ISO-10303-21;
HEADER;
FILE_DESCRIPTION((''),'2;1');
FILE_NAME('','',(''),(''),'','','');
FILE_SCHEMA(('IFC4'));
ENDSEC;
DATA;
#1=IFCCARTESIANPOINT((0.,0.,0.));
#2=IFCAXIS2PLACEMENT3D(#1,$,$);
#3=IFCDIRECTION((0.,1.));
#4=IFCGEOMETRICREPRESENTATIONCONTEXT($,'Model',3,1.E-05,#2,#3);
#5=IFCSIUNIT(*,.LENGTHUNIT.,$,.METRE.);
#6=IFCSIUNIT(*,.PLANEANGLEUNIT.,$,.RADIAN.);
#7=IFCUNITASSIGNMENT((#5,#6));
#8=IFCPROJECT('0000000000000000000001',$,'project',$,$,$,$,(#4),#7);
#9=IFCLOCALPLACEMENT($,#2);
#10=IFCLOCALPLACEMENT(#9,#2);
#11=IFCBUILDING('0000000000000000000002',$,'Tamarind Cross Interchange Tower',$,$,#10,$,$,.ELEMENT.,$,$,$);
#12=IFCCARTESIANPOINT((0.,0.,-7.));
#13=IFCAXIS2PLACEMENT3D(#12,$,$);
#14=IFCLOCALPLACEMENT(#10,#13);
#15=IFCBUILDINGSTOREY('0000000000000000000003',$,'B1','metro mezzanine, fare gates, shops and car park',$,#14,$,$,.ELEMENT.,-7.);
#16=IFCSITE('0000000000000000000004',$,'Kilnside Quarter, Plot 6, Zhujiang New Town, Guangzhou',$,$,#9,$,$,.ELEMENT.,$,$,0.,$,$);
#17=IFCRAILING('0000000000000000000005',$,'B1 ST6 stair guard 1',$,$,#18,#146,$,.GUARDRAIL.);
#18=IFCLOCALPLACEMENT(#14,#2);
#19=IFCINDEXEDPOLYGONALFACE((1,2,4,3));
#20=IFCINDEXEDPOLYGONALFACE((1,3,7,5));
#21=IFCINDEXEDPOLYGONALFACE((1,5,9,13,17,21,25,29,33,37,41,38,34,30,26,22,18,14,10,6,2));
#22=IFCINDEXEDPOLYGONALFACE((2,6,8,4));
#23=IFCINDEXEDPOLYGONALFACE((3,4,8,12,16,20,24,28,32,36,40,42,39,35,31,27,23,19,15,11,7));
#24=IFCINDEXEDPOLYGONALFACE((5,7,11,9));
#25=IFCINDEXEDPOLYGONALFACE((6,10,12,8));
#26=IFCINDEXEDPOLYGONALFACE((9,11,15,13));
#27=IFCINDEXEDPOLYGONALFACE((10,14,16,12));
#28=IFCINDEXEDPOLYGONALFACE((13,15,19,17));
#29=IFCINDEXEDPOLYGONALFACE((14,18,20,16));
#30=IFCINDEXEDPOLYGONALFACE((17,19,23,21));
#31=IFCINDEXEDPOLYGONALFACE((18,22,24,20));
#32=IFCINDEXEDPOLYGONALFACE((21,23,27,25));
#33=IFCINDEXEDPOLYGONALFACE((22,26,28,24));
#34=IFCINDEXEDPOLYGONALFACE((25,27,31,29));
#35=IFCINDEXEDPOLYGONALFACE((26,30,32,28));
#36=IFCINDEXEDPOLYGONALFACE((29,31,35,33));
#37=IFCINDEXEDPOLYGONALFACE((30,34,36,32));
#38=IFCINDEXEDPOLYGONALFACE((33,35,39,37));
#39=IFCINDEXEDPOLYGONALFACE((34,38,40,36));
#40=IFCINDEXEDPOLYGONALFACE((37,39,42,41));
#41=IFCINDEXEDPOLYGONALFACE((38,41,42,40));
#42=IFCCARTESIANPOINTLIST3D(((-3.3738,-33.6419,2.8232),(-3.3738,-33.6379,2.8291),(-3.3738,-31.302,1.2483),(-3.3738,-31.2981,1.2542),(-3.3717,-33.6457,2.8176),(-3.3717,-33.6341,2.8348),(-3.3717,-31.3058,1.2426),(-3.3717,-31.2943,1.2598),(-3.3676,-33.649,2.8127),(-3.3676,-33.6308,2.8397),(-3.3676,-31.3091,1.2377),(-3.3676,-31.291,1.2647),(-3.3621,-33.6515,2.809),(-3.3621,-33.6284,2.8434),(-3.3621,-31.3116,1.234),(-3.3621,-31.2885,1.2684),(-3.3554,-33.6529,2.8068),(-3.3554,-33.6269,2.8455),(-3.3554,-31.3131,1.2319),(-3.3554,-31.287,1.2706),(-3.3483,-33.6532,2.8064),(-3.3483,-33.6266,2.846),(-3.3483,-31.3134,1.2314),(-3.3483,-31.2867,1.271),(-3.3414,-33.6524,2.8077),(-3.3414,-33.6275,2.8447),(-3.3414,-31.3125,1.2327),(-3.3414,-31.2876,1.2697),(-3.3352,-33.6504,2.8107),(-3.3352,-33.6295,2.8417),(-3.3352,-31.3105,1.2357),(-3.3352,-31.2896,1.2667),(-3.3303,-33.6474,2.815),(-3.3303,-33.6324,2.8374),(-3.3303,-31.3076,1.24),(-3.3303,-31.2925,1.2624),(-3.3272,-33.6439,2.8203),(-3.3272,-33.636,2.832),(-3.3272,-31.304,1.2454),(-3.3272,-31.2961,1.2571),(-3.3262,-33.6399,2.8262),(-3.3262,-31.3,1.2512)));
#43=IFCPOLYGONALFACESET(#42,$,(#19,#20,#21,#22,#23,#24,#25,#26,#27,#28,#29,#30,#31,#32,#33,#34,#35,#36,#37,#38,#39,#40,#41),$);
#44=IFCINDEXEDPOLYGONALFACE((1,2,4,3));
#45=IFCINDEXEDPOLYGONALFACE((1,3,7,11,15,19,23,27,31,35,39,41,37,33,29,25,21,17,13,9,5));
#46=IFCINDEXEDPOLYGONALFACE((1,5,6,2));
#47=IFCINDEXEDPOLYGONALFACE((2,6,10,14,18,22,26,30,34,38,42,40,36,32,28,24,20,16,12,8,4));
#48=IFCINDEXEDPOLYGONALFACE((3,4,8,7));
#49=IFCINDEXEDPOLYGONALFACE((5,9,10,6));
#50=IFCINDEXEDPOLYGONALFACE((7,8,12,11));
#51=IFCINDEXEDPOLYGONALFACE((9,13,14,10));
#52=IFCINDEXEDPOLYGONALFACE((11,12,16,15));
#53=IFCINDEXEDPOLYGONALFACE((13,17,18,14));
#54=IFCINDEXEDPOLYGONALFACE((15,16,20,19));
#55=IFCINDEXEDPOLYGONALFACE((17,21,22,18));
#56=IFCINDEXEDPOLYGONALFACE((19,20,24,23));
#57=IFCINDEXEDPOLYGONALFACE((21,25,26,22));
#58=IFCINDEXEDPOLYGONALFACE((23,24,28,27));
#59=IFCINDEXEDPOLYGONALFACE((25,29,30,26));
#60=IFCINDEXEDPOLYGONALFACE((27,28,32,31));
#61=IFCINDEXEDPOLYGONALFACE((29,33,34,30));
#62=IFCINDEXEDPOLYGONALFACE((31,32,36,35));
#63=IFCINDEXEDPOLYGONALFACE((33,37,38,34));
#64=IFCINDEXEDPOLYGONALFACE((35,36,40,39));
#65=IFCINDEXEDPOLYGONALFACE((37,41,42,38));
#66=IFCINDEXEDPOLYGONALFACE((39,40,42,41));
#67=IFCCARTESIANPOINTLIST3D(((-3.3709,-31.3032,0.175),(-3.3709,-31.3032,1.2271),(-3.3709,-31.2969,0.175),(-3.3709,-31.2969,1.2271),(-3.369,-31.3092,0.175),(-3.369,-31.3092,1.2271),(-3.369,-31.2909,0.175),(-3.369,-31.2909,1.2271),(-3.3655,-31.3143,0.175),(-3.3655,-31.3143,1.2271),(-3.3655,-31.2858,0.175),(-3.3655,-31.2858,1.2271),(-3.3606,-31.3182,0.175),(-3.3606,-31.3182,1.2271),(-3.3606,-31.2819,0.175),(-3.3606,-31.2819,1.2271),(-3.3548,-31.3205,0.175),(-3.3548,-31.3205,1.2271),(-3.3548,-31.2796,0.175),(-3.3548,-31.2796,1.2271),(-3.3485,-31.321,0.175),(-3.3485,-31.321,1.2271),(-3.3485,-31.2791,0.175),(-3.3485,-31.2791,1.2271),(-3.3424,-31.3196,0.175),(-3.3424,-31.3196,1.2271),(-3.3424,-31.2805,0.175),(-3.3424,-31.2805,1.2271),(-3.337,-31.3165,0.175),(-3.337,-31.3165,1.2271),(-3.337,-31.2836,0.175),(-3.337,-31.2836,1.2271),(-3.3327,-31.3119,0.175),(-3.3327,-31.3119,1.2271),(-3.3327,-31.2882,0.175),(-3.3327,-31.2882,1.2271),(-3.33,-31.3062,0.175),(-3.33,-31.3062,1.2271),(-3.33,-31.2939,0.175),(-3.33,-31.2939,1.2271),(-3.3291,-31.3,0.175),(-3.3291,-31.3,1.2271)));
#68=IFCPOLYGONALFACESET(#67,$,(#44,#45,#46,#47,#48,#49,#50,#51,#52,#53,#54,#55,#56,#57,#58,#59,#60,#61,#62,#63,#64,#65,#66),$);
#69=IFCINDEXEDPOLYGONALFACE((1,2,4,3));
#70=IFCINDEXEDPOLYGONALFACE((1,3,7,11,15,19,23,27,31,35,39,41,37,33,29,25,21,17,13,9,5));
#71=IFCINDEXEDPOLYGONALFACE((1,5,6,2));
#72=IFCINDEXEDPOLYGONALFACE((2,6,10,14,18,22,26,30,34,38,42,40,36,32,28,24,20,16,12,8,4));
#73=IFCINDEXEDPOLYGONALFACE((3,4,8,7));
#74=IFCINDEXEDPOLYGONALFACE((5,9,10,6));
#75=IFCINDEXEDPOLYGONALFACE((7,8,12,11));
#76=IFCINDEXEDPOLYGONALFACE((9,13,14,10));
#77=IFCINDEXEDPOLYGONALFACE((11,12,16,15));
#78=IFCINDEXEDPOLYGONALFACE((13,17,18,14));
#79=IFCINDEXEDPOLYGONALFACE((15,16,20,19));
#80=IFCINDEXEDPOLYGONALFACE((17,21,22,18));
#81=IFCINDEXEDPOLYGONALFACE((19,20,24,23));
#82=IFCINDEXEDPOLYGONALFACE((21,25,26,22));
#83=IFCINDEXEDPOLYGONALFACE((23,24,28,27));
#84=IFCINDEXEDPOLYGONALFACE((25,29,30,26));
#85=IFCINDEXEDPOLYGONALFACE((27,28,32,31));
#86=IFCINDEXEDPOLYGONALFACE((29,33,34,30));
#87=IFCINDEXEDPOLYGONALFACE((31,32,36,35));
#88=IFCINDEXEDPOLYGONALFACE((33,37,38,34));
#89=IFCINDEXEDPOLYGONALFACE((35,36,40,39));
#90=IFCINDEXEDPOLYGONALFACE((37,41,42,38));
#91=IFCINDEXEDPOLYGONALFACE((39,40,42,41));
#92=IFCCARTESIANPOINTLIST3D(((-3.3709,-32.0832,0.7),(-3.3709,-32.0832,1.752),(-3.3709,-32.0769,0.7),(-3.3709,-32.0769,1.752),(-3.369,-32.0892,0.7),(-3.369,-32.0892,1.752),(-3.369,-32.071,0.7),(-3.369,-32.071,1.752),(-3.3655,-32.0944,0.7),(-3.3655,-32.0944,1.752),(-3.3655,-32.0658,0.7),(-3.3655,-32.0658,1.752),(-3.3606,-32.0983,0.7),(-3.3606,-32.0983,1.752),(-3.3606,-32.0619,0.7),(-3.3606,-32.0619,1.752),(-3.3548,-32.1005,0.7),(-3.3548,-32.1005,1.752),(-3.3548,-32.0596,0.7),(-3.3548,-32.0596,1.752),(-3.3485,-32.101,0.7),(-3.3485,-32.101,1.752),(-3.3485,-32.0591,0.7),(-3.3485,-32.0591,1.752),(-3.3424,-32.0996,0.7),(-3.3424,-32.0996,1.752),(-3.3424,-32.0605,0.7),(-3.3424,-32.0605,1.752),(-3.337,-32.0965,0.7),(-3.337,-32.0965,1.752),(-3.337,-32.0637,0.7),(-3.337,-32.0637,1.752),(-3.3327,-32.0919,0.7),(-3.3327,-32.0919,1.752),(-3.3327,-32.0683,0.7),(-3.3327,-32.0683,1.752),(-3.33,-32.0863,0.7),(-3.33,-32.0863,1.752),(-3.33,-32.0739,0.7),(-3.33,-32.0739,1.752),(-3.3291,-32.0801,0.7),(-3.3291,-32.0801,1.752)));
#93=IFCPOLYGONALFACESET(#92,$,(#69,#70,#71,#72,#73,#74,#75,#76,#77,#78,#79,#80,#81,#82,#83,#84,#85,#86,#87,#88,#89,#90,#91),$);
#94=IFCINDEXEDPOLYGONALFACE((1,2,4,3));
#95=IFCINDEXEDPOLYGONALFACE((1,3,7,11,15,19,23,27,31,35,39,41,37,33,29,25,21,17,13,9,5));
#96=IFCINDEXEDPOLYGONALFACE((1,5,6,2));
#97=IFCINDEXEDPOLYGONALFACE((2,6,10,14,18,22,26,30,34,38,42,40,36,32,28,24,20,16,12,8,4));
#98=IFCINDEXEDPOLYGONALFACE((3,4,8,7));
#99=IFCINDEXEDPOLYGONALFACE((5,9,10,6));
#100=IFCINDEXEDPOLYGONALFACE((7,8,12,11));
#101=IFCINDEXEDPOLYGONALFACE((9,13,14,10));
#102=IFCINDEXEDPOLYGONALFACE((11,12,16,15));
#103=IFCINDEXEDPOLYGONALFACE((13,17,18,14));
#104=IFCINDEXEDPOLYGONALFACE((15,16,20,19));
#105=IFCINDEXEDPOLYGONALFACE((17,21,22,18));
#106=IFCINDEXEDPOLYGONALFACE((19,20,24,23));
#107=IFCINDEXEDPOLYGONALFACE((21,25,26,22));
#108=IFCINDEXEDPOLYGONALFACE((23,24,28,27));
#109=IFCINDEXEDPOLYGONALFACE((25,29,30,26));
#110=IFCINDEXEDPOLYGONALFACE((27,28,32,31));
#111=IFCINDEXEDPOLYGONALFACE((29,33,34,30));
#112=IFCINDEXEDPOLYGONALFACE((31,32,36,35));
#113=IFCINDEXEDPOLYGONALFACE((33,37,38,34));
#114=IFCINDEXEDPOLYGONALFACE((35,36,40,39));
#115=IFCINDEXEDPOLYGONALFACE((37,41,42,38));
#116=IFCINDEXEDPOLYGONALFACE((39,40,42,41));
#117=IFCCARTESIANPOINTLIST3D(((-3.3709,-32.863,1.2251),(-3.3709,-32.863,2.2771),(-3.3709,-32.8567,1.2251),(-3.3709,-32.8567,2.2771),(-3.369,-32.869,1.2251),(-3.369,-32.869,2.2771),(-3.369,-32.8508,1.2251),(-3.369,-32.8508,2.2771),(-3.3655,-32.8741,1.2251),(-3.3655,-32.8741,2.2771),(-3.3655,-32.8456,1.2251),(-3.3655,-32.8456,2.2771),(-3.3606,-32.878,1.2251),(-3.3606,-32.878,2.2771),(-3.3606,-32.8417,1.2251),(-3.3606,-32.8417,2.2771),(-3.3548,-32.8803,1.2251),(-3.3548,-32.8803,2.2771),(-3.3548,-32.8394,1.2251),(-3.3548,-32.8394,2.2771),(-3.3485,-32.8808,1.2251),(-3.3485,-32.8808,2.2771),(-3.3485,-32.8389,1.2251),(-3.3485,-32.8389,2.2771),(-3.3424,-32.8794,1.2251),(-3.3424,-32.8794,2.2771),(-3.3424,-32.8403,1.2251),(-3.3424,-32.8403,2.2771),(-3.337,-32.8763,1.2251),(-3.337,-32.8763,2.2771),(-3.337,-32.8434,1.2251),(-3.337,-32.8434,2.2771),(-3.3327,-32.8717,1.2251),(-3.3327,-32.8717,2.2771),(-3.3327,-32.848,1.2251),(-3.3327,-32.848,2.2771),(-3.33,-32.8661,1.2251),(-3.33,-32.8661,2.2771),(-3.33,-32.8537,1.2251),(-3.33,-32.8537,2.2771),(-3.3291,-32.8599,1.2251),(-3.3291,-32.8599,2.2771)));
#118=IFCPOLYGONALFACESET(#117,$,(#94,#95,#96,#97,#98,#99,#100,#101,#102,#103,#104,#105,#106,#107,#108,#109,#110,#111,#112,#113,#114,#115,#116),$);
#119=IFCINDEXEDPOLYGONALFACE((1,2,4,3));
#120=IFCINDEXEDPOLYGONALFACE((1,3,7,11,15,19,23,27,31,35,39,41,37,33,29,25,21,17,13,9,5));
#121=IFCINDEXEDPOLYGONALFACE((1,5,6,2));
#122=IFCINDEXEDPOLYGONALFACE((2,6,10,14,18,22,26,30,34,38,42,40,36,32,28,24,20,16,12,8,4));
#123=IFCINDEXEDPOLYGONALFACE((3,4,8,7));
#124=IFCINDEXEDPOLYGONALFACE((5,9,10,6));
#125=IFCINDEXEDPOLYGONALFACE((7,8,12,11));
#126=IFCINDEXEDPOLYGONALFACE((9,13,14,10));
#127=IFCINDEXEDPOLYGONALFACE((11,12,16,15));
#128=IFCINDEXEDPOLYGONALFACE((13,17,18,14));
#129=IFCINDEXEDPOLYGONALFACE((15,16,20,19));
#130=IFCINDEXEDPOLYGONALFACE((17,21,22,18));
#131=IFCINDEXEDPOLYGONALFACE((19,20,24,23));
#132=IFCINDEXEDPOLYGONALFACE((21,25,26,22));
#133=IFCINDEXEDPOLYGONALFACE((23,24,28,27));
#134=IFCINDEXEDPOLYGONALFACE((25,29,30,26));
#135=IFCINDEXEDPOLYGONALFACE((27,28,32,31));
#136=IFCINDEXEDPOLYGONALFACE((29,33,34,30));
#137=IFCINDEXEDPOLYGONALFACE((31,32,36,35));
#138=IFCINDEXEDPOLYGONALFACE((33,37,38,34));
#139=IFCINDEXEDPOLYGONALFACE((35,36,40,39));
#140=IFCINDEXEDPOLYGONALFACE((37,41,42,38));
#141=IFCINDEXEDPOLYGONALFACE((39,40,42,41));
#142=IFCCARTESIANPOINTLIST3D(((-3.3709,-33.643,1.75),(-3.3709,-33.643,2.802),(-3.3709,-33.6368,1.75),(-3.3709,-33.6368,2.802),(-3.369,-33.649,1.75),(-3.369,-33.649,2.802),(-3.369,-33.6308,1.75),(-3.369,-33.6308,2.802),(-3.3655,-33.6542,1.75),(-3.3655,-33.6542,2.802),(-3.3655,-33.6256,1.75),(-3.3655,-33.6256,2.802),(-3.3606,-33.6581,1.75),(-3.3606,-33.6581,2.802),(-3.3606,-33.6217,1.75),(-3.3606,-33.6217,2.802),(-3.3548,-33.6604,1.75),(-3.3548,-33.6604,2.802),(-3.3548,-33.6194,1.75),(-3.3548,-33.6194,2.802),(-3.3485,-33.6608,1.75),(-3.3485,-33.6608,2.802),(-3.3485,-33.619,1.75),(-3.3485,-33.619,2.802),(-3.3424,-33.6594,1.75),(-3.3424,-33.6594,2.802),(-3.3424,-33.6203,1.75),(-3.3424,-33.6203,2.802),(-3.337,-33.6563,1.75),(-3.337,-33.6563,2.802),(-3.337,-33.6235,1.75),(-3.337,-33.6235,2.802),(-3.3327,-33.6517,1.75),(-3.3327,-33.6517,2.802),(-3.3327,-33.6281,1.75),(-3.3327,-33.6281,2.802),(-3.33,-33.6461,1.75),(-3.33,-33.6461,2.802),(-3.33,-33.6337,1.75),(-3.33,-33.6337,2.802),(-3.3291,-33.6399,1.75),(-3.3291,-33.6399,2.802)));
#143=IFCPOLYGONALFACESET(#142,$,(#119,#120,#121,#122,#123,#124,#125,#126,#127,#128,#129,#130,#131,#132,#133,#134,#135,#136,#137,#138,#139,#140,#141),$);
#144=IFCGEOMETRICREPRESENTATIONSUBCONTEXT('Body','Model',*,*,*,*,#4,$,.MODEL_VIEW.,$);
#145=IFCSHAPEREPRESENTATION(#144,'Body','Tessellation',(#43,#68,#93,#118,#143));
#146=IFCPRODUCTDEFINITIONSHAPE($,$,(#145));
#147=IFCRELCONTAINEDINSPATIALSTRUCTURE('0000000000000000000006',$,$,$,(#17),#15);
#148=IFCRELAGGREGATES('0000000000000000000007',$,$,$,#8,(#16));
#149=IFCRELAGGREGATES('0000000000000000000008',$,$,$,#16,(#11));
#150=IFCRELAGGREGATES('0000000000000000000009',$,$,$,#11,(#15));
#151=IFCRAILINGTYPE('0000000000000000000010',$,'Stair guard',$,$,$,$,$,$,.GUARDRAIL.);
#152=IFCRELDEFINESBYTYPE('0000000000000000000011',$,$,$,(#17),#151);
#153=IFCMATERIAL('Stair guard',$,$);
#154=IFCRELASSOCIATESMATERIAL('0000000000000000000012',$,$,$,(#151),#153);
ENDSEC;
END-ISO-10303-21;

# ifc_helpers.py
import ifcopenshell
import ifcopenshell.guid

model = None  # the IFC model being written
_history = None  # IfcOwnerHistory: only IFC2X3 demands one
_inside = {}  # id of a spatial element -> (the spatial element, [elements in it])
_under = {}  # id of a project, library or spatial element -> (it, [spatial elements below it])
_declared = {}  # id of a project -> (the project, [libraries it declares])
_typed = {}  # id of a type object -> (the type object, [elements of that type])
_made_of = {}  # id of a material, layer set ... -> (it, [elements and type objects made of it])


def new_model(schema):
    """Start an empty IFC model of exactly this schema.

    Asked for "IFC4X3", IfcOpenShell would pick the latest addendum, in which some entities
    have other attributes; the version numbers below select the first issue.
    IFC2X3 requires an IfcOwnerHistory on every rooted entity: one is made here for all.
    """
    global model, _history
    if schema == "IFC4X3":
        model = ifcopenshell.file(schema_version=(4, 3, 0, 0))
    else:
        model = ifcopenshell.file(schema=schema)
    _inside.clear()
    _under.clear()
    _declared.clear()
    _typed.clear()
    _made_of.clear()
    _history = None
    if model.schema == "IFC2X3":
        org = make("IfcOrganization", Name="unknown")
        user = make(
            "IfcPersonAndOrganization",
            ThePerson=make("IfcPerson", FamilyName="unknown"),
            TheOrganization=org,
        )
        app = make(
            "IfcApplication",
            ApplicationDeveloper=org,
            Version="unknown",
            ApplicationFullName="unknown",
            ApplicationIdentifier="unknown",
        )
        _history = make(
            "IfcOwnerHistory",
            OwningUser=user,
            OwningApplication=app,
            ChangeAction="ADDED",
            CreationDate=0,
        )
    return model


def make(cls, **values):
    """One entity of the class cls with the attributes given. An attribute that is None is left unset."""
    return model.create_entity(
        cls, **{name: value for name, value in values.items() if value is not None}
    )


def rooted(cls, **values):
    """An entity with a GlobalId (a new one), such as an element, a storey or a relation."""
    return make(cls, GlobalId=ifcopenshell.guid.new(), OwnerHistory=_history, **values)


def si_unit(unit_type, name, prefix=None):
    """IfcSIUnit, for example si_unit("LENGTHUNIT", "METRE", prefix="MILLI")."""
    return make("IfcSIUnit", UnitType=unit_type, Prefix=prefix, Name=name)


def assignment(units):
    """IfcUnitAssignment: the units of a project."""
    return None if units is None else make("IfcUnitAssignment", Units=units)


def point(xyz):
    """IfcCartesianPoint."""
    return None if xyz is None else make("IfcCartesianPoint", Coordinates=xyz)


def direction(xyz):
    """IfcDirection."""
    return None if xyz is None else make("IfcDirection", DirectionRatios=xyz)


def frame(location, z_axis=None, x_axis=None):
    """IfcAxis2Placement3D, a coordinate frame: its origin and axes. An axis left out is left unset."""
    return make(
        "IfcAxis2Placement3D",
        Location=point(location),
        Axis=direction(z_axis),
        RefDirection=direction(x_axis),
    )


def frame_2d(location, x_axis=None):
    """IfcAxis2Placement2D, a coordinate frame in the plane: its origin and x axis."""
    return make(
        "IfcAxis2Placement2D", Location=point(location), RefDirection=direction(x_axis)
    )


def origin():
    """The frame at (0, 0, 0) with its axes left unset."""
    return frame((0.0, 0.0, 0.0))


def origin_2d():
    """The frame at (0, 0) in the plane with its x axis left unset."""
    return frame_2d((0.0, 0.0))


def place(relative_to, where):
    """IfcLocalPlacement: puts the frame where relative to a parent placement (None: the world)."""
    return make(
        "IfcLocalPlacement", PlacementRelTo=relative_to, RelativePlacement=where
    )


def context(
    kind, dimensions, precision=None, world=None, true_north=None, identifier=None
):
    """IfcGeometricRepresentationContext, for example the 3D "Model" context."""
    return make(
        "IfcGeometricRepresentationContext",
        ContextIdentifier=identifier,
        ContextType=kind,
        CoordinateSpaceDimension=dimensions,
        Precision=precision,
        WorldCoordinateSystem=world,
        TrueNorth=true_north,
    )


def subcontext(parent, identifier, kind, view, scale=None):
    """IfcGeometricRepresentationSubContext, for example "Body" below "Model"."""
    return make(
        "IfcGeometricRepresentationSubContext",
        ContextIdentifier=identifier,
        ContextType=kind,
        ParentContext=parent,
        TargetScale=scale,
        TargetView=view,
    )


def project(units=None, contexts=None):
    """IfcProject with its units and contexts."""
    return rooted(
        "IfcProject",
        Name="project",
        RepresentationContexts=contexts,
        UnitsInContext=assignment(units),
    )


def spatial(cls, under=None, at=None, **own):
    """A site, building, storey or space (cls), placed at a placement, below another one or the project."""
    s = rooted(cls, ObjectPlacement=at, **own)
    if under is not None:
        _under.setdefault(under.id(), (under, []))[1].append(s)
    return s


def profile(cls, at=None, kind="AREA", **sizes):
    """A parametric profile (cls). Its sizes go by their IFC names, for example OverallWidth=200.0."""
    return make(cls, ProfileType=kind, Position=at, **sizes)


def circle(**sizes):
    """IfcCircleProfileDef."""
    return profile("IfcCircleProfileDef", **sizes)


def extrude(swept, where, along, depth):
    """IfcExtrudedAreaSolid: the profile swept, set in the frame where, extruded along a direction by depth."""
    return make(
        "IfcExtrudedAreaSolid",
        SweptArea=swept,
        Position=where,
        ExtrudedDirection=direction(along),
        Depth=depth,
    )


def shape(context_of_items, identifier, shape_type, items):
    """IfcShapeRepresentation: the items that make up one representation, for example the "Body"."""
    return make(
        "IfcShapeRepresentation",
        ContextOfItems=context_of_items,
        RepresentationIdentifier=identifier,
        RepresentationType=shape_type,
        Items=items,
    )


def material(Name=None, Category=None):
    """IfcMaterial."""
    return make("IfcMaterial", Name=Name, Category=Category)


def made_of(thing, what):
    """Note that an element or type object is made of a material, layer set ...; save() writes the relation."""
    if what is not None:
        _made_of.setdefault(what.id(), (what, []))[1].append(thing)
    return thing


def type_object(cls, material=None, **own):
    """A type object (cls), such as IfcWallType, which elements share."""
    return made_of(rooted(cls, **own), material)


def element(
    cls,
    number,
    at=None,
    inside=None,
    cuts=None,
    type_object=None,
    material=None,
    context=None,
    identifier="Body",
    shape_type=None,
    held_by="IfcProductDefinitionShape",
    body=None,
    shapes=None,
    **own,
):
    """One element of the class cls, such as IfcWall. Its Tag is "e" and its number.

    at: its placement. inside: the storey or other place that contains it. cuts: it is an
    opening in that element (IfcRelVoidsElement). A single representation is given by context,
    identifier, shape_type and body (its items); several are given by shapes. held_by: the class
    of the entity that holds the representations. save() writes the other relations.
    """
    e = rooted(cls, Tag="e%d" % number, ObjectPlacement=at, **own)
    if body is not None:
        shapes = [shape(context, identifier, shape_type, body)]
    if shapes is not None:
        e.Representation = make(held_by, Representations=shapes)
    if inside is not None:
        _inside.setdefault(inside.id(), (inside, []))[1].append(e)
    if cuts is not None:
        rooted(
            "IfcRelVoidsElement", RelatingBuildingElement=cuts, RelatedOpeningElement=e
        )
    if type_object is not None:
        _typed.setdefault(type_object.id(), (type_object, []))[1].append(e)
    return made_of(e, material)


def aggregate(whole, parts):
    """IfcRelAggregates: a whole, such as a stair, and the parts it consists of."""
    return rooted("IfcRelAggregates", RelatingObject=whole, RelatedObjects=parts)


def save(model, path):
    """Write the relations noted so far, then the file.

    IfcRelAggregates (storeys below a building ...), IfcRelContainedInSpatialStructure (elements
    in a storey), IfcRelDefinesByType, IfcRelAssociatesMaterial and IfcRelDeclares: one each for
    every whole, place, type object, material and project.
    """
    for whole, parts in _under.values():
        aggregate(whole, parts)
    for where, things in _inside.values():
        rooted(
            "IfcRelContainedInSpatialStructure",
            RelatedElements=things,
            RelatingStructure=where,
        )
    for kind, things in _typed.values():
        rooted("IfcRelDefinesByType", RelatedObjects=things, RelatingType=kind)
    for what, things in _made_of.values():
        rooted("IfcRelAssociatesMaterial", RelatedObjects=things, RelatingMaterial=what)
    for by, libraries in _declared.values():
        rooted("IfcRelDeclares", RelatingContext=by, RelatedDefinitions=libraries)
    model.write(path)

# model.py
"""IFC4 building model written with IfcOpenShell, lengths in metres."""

from ifc_helpers import new_model, si_unit, direction, frame, origin, origin_2d, place, context, subcontext, project, spatial, circle, extrude, material, type_object, element, save


model = new_model("IFC4")

# Units and contexts
model_context = context("Model", 3, precision=1e-05, world=origin(), true_north=direction((0.0, 1.0)))
body_context = subcontext(model_context, "Body", "Model", "MODEL_VIEW")
ifc_project = project(units=[si_unit("LENGTHUNIT", "METRE"), si_unit("PLANEANGLEUNIT", "RADIAN")], contexts=[model_context])

# Site, building, storey
site_placement = place(None, origin())
site = spatial("IfcSite", under=ifc_project, at=site_placement, Name="Kilnside Quarter, Plot 6, Zhujiang New Town, Guangzhou", CompositionType="ELEMENT", RefElevation=0.0)
building_placement = place(site_placement, origin())
building = spatial("IfcBuilding", under=site, at=building_placement, Name="Tamarind Cross Interchange Tower", CompositionType="ELEMENT")
storey_placement = place(building_placement, frame((0.0, 0.0, -7.0)))
storey = spatial("IfcBuildingStorey", under=building, at=storey_placement, Name="B1", Description="metro mezzanine, fare gates, shops and car park", CompositionType="ELEMENT", Elevation=-7.0)

# Railing
ifc_material_1 = material(Name="Stair guard")
railing_type_1 = type_object("IfcRailingType", Name="Stair guard", PredefinedType="GUARDRAIL", material=ifc_material_1)
railing_1_placement = place(storey_placement, frame((-3.3501, -31.3, 0.175)))
element("IfcRailing", 1, at=railing_1_placement, inside=storey, type_object=railing_type_1, Name="B1 ST6 stair guard 1", PredefinedType="GUARDRAIL", context=body_context, shape_type="SweptSolid", body=[
    extrude(circle(Radius=0.0239, at=origin_2d()), frame((0.0, 0.0, 1.0762), z_axis=(0.0, -0.829578, 0.55839), x_axis=(1.0, 0.0, 0.0)), (0.0, 0.0, 1.0), 2.8206),
    extrude(circle(Radius=0.021, at=origin_2d()), origin(), (0.0, 0.0, 1.0), 1.052),
    extrude(circle(Radius=0.021, at=origin_2d()), frame((0.0, -0.78, 0.5249)), (0.0, 0.0, 1.0), 1.052),
    extrude(circle(Radius=0.021, at=origin_2d()), frame((0.0, -1.5598, 1.05)), (0.0, 0.0, 1.0), 1.052),
    extrude(circle(Radius=0.021, at=origin_2d()), frame((0.0, -2.3398, 1.575)), (0.0, 0.0, 1.0), 1.052),
])

save(model, "model.ifc")
